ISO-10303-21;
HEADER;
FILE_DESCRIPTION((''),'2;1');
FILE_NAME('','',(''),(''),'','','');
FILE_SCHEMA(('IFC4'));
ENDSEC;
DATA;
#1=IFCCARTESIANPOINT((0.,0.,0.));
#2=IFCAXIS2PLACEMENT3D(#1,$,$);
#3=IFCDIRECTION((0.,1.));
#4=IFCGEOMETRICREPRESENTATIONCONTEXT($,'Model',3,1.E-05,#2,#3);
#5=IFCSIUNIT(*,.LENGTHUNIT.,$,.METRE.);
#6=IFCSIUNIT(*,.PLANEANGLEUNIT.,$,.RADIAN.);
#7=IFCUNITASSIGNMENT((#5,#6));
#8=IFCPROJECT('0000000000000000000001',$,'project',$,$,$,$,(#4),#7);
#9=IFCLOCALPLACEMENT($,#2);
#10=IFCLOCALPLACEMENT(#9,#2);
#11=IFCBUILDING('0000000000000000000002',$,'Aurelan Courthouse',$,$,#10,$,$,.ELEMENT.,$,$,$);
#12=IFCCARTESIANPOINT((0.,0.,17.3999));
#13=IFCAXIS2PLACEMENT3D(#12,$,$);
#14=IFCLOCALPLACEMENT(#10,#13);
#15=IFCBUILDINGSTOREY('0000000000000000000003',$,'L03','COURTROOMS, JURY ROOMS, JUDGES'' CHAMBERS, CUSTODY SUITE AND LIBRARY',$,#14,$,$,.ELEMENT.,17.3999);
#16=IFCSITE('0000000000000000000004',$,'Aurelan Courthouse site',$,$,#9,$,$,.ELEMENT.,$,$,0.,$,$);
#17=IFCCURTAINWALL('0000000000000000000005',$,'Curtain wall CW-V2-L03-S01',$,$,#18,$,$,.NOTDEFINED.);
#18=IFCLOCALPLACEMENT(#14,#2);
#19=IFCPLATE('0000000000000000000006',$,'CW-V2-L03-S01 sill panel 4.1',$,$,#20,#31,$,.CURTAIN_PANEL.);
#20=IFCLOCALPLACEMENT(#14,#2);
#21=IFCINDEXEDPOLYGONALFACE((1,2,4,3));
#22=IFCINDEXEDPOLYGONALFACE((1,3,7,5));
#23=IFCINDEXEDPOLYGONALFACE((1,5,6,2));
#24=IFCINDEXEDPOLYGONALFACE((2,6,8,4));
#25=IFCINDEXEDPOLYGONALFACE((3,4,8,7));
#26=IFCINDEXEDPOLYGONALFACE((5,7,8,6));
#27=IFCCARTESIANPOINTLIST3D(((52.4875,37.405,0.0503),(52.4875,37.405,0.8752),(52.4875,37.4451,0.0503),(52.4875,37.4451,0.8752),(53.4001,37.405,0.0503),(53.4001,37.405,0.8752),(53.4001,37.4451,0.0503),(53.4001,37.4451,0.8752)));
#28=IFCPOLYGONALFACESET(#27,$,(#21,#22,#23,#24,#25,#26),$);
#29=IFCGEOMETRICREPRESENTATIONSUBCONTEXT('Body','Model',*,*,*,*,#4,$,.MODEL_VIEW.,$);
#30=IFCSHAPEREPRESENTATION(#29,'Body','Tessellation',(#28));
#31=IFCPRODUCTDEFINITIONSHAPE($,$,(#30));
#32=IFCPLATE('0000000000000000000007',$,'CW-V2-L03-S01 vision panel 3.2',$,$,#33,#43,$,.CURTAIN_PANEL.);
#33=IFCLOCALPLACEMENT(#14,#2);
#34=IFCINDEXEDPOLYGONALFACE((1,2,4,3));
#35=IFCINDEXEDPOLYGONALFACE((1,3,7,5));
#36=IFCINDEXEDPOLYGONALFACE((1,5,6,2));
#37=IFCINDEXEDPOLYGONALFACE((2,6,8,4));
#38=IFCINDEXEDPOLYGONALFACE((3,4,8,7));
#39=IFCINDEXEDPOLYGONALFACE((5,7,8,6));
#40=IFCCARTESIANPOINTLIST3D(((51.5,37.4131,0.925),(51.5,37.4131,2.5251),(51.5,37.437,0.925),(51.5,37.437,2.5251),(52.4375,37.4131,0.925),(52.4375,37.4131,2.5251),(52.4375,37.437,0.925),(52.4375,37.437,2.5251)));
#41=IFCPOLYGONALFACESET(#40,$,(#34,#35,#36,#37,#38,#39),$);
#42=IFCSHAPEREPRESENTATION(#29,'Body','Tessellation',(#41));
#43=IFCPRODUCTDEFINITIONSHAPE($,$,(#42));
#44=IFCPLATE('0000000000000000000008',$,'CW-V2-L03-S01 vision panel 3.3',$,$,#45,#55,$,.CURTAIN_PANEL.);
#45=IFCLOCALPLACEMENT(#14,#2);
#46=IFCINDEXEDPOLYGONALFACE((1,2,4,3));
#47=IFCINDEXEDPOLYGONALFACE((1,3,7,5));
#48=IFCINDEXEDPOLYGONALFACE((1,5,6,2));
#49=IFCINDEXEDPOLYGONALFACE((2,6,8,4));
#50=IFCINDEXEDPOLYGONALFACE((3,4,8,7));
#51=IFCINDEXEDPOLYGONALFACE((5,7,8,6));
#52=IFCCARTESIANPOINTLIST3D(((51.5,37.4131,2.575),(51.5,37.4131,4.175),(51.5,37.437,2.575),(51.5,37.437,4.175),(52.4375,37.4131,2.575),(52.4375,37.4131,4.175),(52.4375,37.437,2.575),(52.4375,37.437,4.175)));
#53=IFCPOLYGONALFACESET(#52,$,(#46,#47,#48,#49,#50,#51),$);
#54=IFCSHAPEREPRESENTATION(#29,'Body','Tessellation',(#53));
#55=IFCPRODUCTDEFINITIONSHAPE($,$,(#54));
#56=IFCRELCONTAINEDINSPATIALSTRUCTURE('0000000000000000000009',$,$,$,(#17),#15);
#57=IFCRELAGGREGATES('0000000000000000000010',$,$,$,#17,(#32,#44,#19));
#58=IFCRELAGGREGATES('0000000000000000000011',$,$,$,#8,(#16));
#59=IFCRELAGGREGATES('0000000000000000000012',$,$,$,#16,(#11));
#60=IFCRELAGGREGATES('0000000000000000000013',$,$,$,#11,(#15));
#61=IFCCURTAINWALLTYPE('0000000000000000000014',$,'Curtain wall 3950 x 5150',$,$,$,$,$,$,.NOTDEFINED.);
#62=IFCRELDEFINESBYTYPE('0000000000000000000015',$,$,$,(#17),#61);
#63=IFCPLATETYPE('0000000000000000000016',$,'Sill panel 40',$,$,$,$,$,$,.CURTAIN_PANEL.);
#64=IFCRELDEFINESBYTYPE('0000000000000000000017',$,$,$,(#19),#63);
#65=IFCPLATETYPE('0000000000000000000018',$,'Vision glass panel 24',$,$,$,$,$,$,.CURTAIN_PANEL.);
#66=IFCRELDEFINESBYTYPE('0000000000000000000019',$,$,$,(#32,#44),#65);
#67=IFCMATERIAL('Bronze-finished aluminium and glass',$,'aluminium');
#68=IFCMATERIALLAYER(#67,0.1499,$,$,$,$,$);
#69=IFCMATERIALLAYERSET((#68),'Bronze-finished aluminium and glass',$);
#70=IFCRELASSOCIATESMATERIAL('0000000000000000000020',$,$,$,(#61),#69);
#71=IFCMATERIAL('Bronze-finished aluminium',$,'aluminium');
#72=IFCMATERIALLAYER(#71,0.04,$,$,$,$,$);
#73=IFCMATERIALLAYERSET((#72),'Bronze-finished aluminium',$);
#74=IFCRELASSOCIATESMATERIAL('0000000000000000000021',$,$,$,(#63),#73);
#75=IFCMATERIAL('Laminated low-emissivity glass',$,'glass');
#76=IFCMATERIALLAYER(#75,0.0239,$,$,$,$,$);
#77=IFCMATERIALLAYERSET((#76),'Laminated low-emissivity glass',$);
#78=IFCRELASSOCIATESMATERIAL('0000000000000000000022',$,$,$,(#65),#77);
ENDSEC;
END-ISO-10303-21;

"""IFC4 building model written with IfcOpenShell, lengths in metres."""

from ifc_helpers import new_model, si_unit, direction, frame, origin, origin_2d, place, context, subcontext, project, spatial, rectangle, extrude, material, layer, layer_set, type_object, element, aggregate, save


model = new_model("IFC4")

# Units and contexts
model_context = context("Model", 3, precision=1e-05, world=origin(), true_north=direction((0.0, 1.0)))
body_context = subcontext(model_context, "Body", "Model", "MODEL_VIEW")
ifc_project = project(units=[si_unit("LENGTHUNIT", "METRE"), si_unit("PLANEANGLEUNIT", "RADIAN")], contexts=[model_context])

# Site, building, storey
site_placement = place(None, origin())
site = spatial("IfcSite", under=ifc_project, at=site_placement, Name="Aurelan Courthouse site", CompositionType="ELEMENT", RefElevation=0.0)
building_placement = place(site_placement, origin())
building = spatial("IfcBuilding", under=site, at=building_placement, Name="Aurelan Courthouse", CompositionType="ELEMENT")
storey_placement = place(building_placement, frame((0.0, 0.0, 17.3999)))
storey = spatial("IfcBuildingStorey", under=building, at=storey_placement, Name="L03", Description="COURTROOMS, JURY ROOMS, JUDGES' CHAMBERS, CUSTODY SUITE AND LIBRARY", CompositionType="ELEMENT", Elevation=17.3999)

# Curtain wall, plates
ifc_material_1 = material(Name="Bronze-finished aluminium and glass", Category="aluminium")
ifc_layer_1 = layer(ifc_material_1, 0.1499)
ifc_layer_set_1 = layer_set([ifc_layer_1], Name="Bronze-finished aluminium and glass")
curtain_wall_type = type_object("IfcCurtainWallType", Name="Curtain wall 3950 x 5150", PredefinedType="NOTDEFINED", material=ifc_layer_set_1)
curtain_wall_placement = place(storey_placement, origin())
curtain_wall = element("IfcCurtainWall", 1, at=curtain_wall_placement, inside=storey, type_object=curtain_wall_type, Name="Curtain wall CW-V2-L03-S01", PredefinedType="NOTDEFINED")
ifc_material_2 = material(Name="Bronze-finished aluminium", Category="aluminium")
ifc_layer_2 = layer(ifc_material_2, 0.04)
ifc_layer_set_2 = layer_set([ifc_layer_2], Name="Bronze-finished aluminium")
plate_type_1 = type_object("IfcPlateType", Name="Sill panel 40", PredefinedType="CURTAIN_PANEL", material=ifc_layer_set_2)
plate_1_placement = place(storey_placement, frame((52.9438, 37.425, 0.0503), z_axis=(0.0, 0.0, 1.0), x_axis=(1.0, 0.0, 0.0)))
plate_1 = element("IfcPlate", 2, at=plate_1_placement, type_object=plate_type_1, Name="CW-V2-L03-S01 sill panel 4.1", PredefinedType="CURTAIN_PANEL", context=body_context, shape_type="SweptSolid", body=[
    extrude(rectangle(XDim=0.9126, YDim=0.04, at=origin_2d()), origin(), (0.0, 0.0, 1.0), 0.825),
])
ifc_material_3 = material(Name="Laminated low-emissivity glass", Category="glass")
ifc_layer_3 = layer(ifc_material_3, 0.0239)
ifc_layer_set_3 = layer_set([ifc_layer_3], Name="Laminated low-emissivity glass")
plate_type_2 = type_object("IfcPlateType", Name="Vision glass panel 24", PredefinedType="CURTAIN_PANEL", material=ifc_layer_set_3)
plate_2_placement = place(storey_placement, frame((51.9688, 37.425, 0.925), z_axis=(0.0, 0.0, 1.0), x_axis=(1.0, 0.0, 0.0)))
plate_2 = element("IfcPlate", 3, at=plate_2_placement, type_object=plate_type_2, Name="CW-V2-L03-S01 vision panel 3.2", PredefinedType="CURTAIN_PANEL", context=body_context, shape_type="SweptSolid", body=[
    extrude(rectangle(XDim=0.9375, YDim=0.0239, at=origin_2d()), origin(), (0.0, 0.0, 1.0), 1.6001),
])
plate_3_placement = place(storey_placement, frame((51.9688, 37.425, 2.575), z_axis=(0.0, 0.0, 1.0), x_axis=(1.0, 0.0, 0.0)))
plate_3 = element("IfcPlate", 4, at=plate_3_placement, type_object=plate_type_2, Name="CW-V2-L03-S01 vision panel 3.3", PredefinedType="CURTAIN_PANEL", context=body_context, shape_type="SweptSolid", body=[
    extrude(rectangle(XDim=0.9375, YDim=0.0239, at=origin_2d()), origin(), (0.0, 0.0, 1.0), 1.6001),
])
aggregate(curtain_wall, [plate_2, plate_3, plate_1])

save(model, "model.ifc")
